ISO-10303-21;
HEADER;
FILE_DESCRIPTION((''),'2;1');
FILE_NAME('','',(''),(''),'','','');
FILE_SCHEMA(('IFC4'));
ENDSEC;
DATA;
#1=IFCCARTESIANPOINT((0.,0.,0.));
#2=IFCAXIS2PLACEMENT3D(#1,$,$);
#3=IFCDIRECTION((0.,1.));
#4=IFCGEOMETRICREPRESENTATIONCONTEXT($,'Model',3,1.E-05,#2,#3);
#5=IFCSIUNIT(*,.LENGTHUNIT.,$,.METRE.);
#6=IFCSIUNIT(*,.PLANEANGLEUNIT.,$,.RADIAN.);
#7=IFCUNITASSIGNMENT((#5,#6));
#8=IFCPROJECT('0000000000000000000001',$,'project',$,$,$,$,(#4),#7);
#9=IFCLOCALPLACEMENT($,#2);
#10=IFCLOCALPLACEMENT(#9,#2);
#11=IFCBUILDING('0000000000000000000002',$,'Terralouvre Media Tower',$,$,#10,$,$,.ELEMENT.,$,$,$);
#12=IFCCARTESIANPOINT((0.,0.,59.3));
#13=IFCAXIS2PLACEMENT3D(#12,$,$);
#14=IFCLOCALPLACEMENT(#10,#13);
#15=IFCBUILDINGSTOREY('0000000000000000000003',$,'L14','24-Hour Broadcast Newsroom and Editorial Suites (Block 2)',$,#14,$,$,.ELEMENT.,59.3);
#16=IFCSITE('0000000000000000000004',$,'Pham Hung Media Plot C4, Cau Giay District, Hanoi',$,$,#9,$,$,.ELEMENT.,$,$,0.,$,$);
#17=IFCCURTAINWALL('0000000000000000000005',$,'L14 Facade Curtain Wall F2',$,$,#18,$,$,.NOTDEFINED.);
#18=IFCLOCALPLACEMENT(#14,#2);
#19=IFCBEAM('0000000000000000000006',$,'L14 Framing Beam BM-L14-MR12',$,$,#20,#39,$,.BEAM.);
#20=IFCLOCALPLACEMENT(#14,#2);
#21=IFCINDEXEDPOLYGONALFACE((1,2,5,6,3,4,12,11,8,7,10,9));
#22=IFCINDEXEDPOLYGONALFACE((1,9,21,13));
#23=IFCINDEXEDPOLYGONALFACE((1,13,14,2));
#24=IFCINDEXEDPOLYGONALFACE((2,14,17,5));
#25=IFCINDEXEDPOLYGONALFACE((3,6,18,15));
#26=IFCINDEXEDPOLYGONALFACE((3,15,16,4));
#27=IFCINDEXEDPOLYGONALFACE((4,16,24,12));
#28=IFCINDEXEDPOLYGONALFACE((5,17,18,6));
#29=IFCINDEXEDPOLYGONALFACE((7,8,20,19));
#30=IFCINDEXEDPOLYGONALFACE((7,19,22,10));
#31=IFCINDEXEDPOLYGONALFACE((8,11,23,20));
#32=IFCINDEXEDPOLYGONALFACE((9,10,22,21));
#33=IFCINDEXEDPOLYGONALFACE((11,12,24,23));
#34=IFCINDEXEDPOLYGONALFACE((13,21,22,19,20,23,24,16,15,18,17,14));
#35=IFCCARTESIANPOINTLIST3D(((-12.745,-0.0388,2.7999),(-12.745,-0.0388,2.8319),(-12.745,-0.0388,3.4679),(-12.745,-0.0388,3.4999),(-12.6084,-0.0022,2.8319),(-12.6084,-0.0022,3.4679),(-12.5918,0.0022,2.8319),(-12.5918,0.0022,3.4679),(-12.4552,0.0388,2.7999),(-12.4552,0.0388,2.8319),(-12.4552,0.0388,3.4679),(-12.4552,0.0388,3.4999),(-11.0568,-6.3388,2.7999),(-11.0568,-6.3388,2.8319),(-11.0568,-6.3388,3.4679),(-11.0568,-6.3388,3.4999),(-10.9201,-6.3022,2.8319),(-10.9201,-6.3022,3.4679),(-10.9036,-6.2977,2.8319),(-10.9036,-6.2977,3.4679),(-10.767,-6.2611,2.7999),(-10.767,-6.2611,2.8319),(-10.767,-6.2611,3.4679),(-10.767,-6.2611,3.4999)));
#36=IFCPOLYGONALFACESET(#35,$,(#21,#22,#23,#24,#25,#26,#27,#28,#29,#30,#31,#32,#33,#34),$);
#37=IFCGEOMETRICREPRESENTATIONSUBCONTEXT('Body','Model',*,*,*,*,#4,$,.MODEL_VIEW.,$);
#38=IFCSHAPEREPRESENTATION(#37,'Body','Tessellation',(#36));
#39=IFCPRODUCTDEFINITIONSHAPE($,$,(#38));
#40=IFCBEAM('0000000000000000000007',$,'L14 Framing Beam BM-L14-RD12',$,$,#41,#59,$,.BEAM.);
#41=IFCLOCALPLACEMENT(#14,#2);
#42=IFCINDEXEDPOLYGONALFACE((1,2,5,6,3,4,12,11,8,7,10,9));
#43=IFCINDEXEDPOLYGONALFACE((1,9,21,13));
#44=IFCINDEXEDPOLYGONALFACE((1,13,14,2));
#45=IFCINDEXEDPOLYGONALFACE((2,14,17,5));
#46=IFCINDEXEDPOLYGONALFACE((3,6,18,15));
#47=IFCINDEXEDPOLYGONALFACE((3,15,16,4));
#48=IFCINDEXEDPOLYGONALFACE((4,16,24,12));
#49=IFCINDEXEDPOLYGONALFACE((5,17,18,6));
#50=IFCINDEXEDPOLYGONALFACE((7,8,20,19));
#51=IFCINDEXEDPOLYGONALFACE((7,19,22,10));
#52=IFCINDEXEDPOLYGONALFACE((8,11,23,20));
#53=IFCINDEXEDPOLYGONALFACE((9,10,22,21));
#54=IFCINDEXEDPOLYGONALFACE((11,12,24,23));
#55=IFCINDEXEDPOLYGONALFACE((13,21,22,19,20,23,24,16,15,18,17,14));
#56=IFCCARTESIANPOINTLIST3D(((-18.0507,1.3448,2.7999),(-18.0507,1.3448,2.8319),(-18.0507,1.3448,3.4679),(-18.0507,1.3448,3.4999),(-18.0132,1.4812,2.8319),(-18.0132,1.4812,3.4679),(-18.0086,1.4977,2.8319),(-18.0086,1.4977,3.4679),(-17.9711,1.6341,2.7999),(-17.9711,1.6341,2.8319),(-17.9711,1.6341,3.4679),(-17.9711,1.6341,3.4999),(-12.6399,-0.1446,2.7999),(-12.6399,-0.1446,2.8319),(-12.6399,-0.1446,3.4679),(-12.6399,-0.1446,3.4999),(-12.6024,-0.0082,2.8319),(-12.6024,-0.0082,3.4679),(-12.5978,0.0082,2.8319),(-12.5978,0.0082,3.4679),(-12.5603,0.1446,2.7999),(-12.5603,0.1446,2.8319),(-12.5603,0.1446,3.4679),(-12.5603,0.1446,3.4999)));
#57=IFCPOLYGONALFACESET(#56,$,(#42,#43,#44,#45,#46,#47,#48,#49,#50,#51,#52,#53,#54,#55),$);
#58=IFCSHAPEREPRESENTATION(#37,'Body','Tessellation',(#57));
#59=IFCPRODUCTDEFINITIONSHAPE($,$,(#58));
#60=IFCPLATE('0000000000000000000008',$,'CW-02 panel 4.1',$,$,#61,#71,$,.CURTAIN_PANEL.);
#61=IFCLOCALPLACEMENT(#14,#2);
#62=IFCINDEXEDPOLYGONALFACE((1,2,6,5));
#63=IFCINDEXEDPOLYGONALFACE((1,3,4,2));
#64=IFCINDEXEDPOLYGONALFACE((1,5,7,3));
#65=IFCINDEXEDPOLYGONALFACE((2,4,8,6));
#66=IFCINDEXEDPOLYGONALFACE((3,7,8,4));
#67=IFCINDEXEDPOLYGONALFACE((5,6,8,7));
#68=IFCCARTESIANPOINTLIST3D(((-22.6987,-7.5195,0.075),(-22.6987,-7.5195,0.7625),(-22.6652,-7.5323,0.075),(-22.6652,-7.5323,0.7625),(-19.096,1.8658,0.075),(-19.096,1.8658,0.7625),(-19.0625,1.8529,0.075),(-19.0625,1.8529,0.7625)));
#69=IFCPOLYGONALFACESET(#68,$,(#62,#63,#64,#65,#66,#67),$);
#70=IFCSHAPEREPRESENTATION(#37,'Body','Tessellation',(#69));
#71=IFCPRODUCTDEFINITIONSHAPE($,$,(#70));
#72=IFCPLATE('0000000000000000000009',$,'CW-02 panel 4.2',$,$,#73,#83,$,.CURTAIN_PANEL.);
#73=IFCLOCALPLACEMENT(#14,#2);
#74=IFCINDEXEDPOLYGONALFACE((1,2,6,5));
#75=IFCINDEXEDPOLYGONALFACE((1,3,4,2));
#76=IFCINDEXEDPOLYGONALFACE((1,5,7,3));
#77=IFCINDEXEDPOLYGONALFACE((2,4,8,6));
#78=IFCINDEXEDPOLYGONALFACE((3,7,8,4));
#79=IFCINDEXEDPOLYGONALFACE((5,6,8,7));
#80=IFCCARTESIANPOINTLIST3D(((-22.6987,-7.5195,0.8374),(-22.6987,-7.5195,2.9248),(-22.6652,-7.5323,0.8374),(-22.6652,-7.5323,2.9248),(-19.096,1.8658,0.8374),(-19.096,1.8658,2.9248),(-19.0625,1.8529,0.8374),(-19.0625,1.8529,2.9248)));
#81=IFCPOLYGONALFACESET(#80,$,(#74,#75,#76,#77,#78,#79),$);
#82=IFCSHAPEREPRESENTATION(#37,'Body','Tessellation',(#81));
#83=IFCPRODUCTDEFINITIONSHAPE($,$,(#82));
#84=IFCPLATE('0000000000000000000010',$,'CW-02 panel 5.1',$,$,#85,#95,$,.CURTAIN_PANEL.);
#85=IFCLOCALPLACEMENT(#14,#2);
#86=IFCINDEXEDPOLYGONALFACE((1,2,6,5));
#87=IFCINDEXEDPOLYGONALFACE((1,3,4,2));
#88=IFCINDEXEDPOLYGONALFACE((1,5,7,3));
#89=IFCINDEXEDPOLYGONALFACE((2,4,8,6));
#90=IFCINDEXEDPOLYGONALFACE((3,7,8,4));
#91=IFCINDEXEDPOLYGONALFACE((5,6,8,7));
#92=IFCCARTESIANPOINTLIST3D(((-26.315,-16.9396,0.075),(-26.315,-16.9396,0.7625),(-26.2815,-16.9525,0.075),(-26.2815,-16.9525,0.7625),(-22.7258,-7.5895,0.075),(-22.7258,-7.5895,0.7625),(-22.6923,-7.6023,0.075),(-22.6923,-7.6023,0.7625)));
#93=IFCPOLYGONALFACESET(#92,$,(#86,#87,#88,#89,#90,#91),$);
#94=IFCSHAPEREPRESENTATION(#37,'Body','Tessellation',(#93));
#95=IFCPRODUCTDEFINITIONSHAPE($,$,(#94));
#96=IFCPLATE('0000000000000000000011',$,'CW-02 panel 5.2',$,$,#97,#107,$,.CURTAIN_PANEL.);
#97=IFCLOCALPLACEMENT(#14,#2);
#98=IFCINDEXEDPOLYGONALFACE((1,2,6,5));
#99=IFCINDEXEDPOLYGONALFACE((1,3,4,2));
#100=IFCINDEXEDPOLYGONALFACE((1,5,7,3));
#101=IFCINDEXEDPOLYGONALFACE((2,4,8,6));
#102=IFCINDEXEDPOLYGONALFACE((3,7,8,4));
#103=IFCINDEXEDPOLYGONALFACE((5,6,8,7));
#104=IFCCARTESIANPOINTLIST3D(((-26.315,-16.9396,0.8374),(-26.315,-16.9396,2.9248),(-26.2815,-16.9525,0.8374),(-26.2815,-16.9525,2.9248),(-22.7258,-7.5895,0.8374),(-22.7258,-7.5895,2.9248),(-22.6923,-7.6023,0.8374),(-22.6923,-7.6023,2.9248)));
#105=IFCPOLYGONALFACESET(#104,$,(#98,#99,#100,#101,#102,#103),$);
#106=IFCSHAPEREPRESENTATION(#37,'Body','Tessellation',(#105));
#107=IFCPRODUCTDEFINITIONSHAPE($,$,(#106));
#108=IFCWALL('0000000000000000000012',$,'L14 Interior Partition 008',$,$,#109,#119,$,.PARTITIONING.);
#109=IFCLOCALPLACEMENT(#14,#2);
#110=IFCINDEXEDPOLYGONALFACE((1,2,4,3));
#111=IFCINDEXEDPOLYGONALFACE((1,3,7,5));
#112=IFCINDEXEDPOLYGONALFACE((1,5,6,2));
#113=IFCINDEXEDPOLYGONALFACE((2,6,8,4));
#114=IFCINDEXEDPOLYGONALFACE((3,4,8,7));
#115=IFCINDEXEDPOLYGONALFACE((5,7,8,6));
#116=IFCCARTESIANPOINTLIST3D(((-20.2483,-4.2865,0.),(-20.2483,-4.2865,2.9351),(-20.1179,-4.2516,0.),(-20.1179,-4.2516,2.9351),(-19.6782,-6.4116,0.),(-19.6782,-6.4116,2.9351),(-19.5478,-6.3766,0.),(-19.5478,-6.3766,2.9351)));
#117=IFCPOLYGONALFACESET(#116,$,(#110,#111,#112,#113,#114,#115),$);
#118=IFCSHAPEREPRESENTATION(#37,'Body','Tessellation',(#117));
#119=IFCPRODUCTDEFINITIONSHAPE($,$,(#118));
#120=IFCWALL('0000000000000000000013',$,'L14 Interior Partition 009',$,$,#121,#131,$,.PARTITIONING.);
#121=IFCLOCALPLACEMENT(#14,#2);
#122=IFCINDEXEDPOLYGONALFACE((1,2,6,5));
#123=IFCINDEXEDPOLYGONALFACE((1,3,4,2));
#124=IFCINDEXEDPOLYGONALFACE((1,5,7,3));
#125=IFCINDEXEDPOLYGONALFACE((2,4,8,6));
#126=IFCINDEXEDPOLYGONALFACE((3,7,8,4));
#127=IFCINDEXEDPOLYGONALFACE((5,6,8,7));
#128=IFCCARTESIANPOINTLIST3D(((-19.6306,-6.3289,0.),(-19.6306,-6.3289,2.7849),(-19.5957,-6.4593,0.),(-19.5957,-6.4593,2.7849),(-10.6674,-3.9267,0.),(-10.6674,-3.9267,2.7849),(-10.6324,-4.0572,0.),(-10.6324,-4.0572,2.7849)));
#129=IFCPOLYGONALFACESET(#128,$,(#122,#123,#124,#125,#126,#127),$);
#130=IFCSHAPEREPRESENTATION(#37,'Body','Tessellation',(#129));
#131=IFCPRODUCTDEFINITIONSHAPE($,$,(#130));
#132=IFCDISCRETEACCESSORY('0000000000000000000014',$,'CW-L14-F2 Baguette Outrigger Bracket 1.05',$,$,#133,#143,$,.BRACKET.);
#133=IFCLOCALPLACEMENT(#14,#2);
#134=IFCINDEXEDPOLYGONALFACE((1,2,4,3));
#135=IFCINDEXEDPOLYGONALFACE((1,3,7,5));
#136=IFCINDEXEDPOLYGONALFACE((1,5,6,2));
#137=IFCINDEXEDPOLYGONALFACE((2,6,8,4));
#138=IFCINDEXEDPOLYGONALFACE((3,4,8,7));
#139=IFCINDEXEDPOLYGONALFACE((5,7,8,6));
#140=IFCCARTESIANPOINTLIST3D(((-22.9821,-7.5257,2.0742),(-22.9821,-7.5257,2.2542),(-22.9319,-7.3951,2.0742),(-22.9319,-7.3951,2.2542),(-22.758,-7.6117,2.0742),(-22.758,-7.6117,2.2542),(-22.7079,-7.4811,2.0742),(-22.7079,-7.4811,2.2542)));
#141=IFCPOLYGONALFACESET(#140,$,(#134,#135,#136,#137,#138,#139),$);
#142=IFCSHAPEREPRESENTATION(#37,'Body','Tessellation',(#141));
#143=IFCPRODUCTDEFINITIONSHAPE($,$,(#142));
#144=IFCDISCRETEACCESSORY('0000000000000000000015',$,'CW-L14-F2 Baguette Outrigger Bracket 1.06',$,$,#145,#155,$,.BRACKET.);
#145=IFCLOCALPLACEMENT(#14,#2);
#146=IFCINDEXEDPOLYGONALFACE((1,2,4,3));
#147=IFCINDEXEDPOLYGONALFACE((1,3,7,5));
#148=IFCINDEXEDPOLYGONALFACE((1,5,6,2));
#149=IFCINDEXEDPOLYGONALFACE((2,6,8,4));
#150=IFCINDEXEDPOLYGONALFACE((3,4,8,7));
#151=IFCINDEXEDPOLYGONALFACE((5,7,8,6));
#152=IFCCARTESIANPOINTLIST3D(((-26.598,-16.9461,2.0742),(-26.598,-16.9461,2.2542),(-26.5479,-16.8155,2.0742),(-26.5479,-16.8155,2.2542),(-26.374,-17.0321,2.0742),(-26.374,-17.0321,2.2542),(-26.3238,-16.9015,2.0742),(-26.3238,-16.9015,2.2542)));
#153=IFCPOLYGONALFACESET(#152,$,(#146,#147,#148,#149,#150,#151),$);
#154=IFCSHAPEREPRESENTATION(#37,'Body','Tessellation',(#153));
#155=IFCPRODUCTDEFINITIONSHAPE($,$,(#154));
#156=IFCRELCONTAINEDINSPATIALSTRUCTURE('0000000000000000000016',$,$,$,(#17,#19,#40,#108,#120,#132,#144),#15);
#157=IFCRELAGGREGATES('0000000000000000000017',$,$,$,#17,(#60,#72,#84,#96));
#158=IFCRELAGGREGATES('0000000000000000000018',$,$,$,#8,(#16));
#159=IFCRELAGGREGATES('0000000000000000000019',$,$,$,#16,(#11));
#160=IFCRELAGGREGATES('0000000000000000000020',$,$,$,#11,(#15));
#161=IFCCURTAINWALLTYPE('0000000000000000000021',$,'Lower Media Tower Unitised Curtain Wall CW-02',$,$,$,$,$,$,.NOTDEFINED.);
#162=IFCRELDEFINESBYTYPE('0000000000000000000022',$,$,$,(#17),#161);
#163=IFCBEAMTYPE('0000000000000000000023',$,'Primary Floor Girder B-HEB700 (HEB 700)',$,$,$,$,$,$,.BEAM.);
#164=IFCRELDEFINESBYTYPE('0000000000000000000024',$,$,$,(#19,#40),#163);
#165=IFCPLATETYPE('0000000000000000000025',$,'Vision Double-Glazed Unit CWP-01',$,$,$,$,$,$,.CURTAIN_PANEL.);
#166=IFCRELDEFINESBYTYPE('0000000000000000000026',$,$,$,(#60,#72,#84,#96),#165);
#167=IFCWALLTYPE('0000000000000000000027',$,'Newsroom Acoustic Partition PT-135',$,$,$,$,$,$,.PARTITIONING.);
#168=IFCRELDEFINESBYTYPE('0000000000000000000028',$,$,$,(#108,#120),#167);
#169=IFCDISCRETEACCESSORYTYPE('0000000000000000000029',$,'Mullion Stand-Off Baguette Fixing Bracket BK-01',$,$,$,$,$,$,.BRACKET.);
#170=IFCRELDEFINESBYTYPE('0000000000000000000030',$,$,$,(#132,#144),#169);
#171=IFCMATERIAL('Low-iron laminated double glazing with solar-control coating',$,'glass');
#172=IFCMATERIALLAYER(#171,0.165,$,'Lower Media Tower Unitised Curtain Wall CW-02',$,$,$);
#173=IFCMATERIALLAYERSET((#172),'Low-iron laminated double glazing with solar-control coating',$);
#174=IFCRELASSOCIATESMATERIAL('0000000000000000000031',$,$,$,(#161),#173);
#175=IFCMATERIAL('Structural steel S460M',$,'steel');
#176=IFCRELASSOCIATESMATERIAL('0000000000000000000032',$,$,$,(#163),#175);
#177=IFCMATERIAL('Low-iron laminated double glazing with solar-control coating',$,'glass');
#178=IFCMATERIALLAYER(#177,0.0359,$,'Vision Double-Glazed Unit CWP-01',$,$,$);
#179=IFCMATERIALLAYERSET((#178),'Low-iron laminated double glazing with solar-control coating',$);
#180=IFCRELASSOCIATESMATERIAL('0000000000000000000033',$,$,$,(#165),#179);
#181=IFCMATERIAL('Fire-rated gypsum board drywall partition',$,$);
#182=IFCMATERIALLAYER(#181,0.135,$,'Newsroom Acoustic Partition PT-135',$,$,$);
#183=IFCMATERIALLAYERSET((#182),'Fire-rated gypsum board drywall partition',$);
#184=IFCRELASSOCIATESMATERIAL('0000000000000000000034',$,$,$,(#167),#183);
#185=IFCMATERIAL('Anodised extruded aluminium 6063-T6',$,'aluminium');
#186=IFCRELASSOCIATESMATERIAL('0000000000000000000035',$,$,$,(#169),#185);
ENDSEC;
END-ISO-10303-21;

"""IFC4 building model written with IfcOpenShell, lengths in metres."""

from ifc_helpers import new_model, si_unit, direction, frame, frame_2d, origin, origin_2d, place, context, subcontext, project, spatial, rectangle, i_section, extrude, material, layer, layer_set, material_profile, profile_set, type_object, element, aggregate, save


model = new_model("IFC4")

# Units and contexts
model_context = context("Model", 3, precision=1e-05, world=origin(), true_north=direction((0.0, 1.0)))
body_context = subcontext(model_context, "Body", "Model", "MODEL_VIEW")
ifc_project = project(units=[si_unit("LENGTHUNIT", "METRE"), si_unit("PLANEANGLEUNIT", "RADIAN")], contexts=[model_context])

# Site, building, storey
site_placement = place(None, origin())
site = spatial("IfcSite", under=ifc_project, at=site_placement, Name="Pham Hung Media Plot C4, Cau Giay District, Hanoi", CompositionType="ELEMENT", RefElevation=0.0)
building_placement = place(site_placement, origin())
building = spatial("IfcBuilding", under=site, at=building_placement, Name="Terralouvre Media Tower", CompositionType="ELEMENT")
storey_placement = place(building_placement, frame((0.0, 0.0, 59.3)))
storey = spatial("IfcBuildingStorey", under=building, at=storey_placement, Name="L14", Description="24-Hour Broadcast Newsroom and Editorial Suites (Block 2)", CompositionType="ELEMENT", Elevation=59.3)

# Curtain wall
ifc_material_1 = material(Name="Low-iron laminated double glazing with solar-control coating", Category="glass")
ifc_layer_1 = layer(ifc_material_1, 0.165, Name="Lower Media Tower Unitised Curtain Wall CW-02")
ifc_layer_set_1 = layer_set([ifc_layer_1], Name="Low-iron laminated double glazing with solar-control coating")
curtain_wall_type_1 = type_object("IfcCurtainWallType", Name="Lower Media Tower Unitised Curtain Wall CW-02", PredefinedType="NOTDEFINED", material=ifc_layer_set_1)
curtain_wall_1_placement = place(storey_placement, origin())
curtain_wall_1 = element("IfcCurtainWall", 1, at=curtain_wall_1_placement, inside=storey, type_object=curtain_wall_type_1, Name="L14 Facade Curtain Wall F2", PredefinedType="NOTDEFINED")

# Beams
ifc_material_2 = material(Name="Structural steel S460M", Category="steel")
ifc_material_profile_1 = material_profile(ifc_material_2, i_section(OverallWidth=0.3, OverallDepth=0.7, WebThickness=0.0171, FlangeThickness=0.032, at=origin_2d()), Name="HEB 700")
ifc_profile_set_1 = profile_set([ifc_material_profile_1], Name="Structural steel S460M")
beam_type_1 = type_object("IfcBeamType", Name="Primary Floor Girder B-HEB700 (HEB 700)", PredefinedType="BEAM", material=ifc_profile_set_1)
beam_1_placement = place(storey_placement, frame((-12.6001, 0.0, 3.1499), z_axis=(0.258839, -0.96592, 0.0), x_axis=(0.96592, 0.258839, 0.0)))
element("IfcBeam", 2, at=beam_1_placement, inside=storey, type_object=beam_type_1, Name="L14 Framing Beam BM-L14-MR12", PredefinedType="BEAM", context=body_context, shape_type="SweptSolid", body=[
    extrude(i_section(OverallWidth=0.3, OverallDepth=0.7, WebThickness=0.0171, FlangeThickness=0.032, at=origin_2d()), origin(), (0.0, 0.0, 1.0), 6.5222),
])
beam_2_placement = place(storey_placement, frame((-12.6001, 0.0, 3.1499), z_axis=(-0.964137, 0.265406, 0.0), x_axis=(-0.265406, -0.964137, 0.0)))
element("IfcBeam", 3, at=beam_2_placement, inside=storey, type_object=beam_type_1, Name="L14 Framing Beam BM-L14-RD12", PredefinedType="BEAM", context=body_context, shape_type="SweptSolid", body=[
    extrude(i_section(OverallWidth=0.3, OverallDepth=0.7, WebThickness=0.0171, FlangeThickness=0.032, at=origin_2d()), origin(), (0.0, 0.0, 1.0), 5.6121),
])

# Plates
ifc_material_3 = material(Name="Low-iron laminated double glazing with solar-control coating", Category="glass")
ifc_layer_2 = layer(ifc_material_3, 0.0359, Name="Vision Double-Glazed Unit CWP-01")
ifc_layer_set_2 = layer_set([ifc_layer_2], Name="Low-iron laminated double glazing with solar-control coating")
plate_type = type_object("IfcPlateType", Name="Vision Double-Glazed Unit CWP-01", PredefinedType="CURTAIN_PANEL", material=ifc_layer_set_2)
plate_1_placement = place(storey_placement, frame((-20.8806, -2.8333, 0.075), z_axis=(0.0, 0.0, 1.0), x_axis=(-0.358368, -0.93358, 0.0)))
plate_1 = element("IfcPlate", 4, at=plate_1_placement, type_object=plate_type, Name="CW-02 panel 4.1", PredefinedType="CURTAIN_PANEL", context=body_context, shape_type="SweptSolid", body=[
    extrude(rectangle(XDim=10.053, YDim=0.0359, at=origin_2d()), origin(), (0.0, 0.0, 1.0), 0.6875),
])
plate_2_placement = place(storey_placement, frame((-20.8806, -2.8333, 0.8374), z_axis=(0.0, 0.0, 1.0), x_axis=(-0.358368, -0.93358, 0.0)))
plate_2 = element("IfcPlate", 5, at=plate_2_placement, type_object=plate_type, Name="CW-02 panel 4.2", PredefinedType="CURTAIN_PANEL", context=body_context, shape_type="SweptSolid", body=[
    extrude(rectangle(XDim=10.053, YDim=0.0359, at=origin_2d()), origin(), (0.0, 0.0, 1.0), 2.0874),
])
plate_3_placement = place(storey_placement, frame((-24.5037, -12.271, 0.075), z_axis=(0.0, 0.0, 1.0), x_axis=(-0.358368, -0.93358, 0.0)))
plate_3 = element("IfcPlate", 6, at=plate_3_placement, type_object=plate_type, Name="CW-02 panel 5.1", PredefinedType="CURTAIN_PANEL", context=body_context, shape_type="SweptSolid", body=[
    extrude(rectangle(XDim=10.0154, YDim=0.0359, at=origin_2d()), origin(), (0.0, 0.0, 1.0), 0.6875),
])
plate_4_placement = place(storey_placement, frame((-24.5037, -12.271, 0.8374), z_axis=(0.0, 0.0, 1.0), x_axis=(-0.358368, -0.93358, 0.0)))
plate_4 = element("IfcPlate", 7, at=plate_4_placement, type_object=plate_type, Name="CW-02 panel 5.2", PredefinedType="CURTAIN_PANEL", context=body_context, shape_type="SweptSolid", body=[
    extrude(rectangle(XDim=10.0154, YDim=0.0359, at=origin_2d()), origin(), (0.0, 0.0, 1.0), 2.0874),
])
aggregate(curtain_wall_1, [plate_1, plate_2, plate_3, plate_4])

# Walls
ifc_material_4 = material(Name="Fire-rated gypsum board drywall partition")
ifc_layer_3 = layer(ifc_material_4, 0.135, Name="Newsroom Acoustic Partition PT-135")
ifc_layer_set_3 = layer_set([ifc_layer_3], Name="Fire-rated gypsum board drywall partition")
wall_type = type_object("IfcWallType", Name="Newsroom Acoustic Partition PT-135", PredefinedType="PARTITIONING", material=ifc_layer_set_3)
wall_1_placement = place(storey_placement, frame((-20.1831, -4.269, 0.0), z_axis=(0.0, 0.0, 1.0), x_axis=(0.259106, -0.965849, 0.0)))
element("IfcWall", 8, at=wall_1_placement, inside=storey, type_object=wall_type, Name="L14 Interior Partition 008", PredefinedType="PARTITIONING", context=body_context, shape_type="SweptSolid", body=[
    extrude(rectangle(XDim=2.2002, YDim=0.135, at=frame_2d((1.1001, 0.0))), origin(), (0.0, 0.0, 1.0), 2.9351),
])
wall_2_placement = place(storey_placement, frame((-19.613, -6.394, 0.0), z_axis=(0.0, 0.0, 1.0), x_axis=(0.965914, 0.258863, 0.0)))
element("IfcWall", 9, at=wall_2_placement, inside=storey, type_object=wall_type, Name="L14 Interior Partition 009", PredefinedType="PARTITIONING", context=body_context, shape_type="SweptSolid", body=[
    extrude(rectangle(XDim=9.2795, YDim=0.135, at=frame_2d((4.6396, 0.0))), origin(), (0.0, 0.0, 1.0), 2.7849),
])

# Discrete accessories
ifc_material_5 = material(Name="Anodised extruded aluminium 6063-T6", Category="aluminium")
discrete_accessory_type = type_object("IfcDiscreteAccessoryType", Name="Mullion Stand-Off Baguette Fixing Bracket BK-01", PredefinedType="BRACKET", material=ifc_material_5)
for number, where, z_axis, x_axis, name in (
    (10, (-22.845, -7.5034, 2.0742), (0.0, 0.0, 1.0), (-0.358368, -0.93358, 0.0), "CW-L14-F2 Baguette Outrigger Bracket 1.05"),
    (11, (-26.4609, -16.9238, 2.0742), (0.0, 0.0, 1.0), (-0.358368, -0.93358, 0.0), "CW-L14-F2 Baguette Outrigger Bracket 1.06"),
):
    element("IfcDiscreteAccessory", number, at=place(storey_placement, frame(where, z_axis=z_axis, x_axis=x_axis)), inside=storey, type_object=discrete_accessory_type, Name=name, PredefinedType="BRACKET", context=body_context, shape_type="SweptSolid", body=[
        extrude(rectangle(XDim=0.1399, YDim=0.24, at=origin_2d()), origin(), (0.0, 0.0, 1.0), 0.1799),
    ])

save(model, "model.ifc")
